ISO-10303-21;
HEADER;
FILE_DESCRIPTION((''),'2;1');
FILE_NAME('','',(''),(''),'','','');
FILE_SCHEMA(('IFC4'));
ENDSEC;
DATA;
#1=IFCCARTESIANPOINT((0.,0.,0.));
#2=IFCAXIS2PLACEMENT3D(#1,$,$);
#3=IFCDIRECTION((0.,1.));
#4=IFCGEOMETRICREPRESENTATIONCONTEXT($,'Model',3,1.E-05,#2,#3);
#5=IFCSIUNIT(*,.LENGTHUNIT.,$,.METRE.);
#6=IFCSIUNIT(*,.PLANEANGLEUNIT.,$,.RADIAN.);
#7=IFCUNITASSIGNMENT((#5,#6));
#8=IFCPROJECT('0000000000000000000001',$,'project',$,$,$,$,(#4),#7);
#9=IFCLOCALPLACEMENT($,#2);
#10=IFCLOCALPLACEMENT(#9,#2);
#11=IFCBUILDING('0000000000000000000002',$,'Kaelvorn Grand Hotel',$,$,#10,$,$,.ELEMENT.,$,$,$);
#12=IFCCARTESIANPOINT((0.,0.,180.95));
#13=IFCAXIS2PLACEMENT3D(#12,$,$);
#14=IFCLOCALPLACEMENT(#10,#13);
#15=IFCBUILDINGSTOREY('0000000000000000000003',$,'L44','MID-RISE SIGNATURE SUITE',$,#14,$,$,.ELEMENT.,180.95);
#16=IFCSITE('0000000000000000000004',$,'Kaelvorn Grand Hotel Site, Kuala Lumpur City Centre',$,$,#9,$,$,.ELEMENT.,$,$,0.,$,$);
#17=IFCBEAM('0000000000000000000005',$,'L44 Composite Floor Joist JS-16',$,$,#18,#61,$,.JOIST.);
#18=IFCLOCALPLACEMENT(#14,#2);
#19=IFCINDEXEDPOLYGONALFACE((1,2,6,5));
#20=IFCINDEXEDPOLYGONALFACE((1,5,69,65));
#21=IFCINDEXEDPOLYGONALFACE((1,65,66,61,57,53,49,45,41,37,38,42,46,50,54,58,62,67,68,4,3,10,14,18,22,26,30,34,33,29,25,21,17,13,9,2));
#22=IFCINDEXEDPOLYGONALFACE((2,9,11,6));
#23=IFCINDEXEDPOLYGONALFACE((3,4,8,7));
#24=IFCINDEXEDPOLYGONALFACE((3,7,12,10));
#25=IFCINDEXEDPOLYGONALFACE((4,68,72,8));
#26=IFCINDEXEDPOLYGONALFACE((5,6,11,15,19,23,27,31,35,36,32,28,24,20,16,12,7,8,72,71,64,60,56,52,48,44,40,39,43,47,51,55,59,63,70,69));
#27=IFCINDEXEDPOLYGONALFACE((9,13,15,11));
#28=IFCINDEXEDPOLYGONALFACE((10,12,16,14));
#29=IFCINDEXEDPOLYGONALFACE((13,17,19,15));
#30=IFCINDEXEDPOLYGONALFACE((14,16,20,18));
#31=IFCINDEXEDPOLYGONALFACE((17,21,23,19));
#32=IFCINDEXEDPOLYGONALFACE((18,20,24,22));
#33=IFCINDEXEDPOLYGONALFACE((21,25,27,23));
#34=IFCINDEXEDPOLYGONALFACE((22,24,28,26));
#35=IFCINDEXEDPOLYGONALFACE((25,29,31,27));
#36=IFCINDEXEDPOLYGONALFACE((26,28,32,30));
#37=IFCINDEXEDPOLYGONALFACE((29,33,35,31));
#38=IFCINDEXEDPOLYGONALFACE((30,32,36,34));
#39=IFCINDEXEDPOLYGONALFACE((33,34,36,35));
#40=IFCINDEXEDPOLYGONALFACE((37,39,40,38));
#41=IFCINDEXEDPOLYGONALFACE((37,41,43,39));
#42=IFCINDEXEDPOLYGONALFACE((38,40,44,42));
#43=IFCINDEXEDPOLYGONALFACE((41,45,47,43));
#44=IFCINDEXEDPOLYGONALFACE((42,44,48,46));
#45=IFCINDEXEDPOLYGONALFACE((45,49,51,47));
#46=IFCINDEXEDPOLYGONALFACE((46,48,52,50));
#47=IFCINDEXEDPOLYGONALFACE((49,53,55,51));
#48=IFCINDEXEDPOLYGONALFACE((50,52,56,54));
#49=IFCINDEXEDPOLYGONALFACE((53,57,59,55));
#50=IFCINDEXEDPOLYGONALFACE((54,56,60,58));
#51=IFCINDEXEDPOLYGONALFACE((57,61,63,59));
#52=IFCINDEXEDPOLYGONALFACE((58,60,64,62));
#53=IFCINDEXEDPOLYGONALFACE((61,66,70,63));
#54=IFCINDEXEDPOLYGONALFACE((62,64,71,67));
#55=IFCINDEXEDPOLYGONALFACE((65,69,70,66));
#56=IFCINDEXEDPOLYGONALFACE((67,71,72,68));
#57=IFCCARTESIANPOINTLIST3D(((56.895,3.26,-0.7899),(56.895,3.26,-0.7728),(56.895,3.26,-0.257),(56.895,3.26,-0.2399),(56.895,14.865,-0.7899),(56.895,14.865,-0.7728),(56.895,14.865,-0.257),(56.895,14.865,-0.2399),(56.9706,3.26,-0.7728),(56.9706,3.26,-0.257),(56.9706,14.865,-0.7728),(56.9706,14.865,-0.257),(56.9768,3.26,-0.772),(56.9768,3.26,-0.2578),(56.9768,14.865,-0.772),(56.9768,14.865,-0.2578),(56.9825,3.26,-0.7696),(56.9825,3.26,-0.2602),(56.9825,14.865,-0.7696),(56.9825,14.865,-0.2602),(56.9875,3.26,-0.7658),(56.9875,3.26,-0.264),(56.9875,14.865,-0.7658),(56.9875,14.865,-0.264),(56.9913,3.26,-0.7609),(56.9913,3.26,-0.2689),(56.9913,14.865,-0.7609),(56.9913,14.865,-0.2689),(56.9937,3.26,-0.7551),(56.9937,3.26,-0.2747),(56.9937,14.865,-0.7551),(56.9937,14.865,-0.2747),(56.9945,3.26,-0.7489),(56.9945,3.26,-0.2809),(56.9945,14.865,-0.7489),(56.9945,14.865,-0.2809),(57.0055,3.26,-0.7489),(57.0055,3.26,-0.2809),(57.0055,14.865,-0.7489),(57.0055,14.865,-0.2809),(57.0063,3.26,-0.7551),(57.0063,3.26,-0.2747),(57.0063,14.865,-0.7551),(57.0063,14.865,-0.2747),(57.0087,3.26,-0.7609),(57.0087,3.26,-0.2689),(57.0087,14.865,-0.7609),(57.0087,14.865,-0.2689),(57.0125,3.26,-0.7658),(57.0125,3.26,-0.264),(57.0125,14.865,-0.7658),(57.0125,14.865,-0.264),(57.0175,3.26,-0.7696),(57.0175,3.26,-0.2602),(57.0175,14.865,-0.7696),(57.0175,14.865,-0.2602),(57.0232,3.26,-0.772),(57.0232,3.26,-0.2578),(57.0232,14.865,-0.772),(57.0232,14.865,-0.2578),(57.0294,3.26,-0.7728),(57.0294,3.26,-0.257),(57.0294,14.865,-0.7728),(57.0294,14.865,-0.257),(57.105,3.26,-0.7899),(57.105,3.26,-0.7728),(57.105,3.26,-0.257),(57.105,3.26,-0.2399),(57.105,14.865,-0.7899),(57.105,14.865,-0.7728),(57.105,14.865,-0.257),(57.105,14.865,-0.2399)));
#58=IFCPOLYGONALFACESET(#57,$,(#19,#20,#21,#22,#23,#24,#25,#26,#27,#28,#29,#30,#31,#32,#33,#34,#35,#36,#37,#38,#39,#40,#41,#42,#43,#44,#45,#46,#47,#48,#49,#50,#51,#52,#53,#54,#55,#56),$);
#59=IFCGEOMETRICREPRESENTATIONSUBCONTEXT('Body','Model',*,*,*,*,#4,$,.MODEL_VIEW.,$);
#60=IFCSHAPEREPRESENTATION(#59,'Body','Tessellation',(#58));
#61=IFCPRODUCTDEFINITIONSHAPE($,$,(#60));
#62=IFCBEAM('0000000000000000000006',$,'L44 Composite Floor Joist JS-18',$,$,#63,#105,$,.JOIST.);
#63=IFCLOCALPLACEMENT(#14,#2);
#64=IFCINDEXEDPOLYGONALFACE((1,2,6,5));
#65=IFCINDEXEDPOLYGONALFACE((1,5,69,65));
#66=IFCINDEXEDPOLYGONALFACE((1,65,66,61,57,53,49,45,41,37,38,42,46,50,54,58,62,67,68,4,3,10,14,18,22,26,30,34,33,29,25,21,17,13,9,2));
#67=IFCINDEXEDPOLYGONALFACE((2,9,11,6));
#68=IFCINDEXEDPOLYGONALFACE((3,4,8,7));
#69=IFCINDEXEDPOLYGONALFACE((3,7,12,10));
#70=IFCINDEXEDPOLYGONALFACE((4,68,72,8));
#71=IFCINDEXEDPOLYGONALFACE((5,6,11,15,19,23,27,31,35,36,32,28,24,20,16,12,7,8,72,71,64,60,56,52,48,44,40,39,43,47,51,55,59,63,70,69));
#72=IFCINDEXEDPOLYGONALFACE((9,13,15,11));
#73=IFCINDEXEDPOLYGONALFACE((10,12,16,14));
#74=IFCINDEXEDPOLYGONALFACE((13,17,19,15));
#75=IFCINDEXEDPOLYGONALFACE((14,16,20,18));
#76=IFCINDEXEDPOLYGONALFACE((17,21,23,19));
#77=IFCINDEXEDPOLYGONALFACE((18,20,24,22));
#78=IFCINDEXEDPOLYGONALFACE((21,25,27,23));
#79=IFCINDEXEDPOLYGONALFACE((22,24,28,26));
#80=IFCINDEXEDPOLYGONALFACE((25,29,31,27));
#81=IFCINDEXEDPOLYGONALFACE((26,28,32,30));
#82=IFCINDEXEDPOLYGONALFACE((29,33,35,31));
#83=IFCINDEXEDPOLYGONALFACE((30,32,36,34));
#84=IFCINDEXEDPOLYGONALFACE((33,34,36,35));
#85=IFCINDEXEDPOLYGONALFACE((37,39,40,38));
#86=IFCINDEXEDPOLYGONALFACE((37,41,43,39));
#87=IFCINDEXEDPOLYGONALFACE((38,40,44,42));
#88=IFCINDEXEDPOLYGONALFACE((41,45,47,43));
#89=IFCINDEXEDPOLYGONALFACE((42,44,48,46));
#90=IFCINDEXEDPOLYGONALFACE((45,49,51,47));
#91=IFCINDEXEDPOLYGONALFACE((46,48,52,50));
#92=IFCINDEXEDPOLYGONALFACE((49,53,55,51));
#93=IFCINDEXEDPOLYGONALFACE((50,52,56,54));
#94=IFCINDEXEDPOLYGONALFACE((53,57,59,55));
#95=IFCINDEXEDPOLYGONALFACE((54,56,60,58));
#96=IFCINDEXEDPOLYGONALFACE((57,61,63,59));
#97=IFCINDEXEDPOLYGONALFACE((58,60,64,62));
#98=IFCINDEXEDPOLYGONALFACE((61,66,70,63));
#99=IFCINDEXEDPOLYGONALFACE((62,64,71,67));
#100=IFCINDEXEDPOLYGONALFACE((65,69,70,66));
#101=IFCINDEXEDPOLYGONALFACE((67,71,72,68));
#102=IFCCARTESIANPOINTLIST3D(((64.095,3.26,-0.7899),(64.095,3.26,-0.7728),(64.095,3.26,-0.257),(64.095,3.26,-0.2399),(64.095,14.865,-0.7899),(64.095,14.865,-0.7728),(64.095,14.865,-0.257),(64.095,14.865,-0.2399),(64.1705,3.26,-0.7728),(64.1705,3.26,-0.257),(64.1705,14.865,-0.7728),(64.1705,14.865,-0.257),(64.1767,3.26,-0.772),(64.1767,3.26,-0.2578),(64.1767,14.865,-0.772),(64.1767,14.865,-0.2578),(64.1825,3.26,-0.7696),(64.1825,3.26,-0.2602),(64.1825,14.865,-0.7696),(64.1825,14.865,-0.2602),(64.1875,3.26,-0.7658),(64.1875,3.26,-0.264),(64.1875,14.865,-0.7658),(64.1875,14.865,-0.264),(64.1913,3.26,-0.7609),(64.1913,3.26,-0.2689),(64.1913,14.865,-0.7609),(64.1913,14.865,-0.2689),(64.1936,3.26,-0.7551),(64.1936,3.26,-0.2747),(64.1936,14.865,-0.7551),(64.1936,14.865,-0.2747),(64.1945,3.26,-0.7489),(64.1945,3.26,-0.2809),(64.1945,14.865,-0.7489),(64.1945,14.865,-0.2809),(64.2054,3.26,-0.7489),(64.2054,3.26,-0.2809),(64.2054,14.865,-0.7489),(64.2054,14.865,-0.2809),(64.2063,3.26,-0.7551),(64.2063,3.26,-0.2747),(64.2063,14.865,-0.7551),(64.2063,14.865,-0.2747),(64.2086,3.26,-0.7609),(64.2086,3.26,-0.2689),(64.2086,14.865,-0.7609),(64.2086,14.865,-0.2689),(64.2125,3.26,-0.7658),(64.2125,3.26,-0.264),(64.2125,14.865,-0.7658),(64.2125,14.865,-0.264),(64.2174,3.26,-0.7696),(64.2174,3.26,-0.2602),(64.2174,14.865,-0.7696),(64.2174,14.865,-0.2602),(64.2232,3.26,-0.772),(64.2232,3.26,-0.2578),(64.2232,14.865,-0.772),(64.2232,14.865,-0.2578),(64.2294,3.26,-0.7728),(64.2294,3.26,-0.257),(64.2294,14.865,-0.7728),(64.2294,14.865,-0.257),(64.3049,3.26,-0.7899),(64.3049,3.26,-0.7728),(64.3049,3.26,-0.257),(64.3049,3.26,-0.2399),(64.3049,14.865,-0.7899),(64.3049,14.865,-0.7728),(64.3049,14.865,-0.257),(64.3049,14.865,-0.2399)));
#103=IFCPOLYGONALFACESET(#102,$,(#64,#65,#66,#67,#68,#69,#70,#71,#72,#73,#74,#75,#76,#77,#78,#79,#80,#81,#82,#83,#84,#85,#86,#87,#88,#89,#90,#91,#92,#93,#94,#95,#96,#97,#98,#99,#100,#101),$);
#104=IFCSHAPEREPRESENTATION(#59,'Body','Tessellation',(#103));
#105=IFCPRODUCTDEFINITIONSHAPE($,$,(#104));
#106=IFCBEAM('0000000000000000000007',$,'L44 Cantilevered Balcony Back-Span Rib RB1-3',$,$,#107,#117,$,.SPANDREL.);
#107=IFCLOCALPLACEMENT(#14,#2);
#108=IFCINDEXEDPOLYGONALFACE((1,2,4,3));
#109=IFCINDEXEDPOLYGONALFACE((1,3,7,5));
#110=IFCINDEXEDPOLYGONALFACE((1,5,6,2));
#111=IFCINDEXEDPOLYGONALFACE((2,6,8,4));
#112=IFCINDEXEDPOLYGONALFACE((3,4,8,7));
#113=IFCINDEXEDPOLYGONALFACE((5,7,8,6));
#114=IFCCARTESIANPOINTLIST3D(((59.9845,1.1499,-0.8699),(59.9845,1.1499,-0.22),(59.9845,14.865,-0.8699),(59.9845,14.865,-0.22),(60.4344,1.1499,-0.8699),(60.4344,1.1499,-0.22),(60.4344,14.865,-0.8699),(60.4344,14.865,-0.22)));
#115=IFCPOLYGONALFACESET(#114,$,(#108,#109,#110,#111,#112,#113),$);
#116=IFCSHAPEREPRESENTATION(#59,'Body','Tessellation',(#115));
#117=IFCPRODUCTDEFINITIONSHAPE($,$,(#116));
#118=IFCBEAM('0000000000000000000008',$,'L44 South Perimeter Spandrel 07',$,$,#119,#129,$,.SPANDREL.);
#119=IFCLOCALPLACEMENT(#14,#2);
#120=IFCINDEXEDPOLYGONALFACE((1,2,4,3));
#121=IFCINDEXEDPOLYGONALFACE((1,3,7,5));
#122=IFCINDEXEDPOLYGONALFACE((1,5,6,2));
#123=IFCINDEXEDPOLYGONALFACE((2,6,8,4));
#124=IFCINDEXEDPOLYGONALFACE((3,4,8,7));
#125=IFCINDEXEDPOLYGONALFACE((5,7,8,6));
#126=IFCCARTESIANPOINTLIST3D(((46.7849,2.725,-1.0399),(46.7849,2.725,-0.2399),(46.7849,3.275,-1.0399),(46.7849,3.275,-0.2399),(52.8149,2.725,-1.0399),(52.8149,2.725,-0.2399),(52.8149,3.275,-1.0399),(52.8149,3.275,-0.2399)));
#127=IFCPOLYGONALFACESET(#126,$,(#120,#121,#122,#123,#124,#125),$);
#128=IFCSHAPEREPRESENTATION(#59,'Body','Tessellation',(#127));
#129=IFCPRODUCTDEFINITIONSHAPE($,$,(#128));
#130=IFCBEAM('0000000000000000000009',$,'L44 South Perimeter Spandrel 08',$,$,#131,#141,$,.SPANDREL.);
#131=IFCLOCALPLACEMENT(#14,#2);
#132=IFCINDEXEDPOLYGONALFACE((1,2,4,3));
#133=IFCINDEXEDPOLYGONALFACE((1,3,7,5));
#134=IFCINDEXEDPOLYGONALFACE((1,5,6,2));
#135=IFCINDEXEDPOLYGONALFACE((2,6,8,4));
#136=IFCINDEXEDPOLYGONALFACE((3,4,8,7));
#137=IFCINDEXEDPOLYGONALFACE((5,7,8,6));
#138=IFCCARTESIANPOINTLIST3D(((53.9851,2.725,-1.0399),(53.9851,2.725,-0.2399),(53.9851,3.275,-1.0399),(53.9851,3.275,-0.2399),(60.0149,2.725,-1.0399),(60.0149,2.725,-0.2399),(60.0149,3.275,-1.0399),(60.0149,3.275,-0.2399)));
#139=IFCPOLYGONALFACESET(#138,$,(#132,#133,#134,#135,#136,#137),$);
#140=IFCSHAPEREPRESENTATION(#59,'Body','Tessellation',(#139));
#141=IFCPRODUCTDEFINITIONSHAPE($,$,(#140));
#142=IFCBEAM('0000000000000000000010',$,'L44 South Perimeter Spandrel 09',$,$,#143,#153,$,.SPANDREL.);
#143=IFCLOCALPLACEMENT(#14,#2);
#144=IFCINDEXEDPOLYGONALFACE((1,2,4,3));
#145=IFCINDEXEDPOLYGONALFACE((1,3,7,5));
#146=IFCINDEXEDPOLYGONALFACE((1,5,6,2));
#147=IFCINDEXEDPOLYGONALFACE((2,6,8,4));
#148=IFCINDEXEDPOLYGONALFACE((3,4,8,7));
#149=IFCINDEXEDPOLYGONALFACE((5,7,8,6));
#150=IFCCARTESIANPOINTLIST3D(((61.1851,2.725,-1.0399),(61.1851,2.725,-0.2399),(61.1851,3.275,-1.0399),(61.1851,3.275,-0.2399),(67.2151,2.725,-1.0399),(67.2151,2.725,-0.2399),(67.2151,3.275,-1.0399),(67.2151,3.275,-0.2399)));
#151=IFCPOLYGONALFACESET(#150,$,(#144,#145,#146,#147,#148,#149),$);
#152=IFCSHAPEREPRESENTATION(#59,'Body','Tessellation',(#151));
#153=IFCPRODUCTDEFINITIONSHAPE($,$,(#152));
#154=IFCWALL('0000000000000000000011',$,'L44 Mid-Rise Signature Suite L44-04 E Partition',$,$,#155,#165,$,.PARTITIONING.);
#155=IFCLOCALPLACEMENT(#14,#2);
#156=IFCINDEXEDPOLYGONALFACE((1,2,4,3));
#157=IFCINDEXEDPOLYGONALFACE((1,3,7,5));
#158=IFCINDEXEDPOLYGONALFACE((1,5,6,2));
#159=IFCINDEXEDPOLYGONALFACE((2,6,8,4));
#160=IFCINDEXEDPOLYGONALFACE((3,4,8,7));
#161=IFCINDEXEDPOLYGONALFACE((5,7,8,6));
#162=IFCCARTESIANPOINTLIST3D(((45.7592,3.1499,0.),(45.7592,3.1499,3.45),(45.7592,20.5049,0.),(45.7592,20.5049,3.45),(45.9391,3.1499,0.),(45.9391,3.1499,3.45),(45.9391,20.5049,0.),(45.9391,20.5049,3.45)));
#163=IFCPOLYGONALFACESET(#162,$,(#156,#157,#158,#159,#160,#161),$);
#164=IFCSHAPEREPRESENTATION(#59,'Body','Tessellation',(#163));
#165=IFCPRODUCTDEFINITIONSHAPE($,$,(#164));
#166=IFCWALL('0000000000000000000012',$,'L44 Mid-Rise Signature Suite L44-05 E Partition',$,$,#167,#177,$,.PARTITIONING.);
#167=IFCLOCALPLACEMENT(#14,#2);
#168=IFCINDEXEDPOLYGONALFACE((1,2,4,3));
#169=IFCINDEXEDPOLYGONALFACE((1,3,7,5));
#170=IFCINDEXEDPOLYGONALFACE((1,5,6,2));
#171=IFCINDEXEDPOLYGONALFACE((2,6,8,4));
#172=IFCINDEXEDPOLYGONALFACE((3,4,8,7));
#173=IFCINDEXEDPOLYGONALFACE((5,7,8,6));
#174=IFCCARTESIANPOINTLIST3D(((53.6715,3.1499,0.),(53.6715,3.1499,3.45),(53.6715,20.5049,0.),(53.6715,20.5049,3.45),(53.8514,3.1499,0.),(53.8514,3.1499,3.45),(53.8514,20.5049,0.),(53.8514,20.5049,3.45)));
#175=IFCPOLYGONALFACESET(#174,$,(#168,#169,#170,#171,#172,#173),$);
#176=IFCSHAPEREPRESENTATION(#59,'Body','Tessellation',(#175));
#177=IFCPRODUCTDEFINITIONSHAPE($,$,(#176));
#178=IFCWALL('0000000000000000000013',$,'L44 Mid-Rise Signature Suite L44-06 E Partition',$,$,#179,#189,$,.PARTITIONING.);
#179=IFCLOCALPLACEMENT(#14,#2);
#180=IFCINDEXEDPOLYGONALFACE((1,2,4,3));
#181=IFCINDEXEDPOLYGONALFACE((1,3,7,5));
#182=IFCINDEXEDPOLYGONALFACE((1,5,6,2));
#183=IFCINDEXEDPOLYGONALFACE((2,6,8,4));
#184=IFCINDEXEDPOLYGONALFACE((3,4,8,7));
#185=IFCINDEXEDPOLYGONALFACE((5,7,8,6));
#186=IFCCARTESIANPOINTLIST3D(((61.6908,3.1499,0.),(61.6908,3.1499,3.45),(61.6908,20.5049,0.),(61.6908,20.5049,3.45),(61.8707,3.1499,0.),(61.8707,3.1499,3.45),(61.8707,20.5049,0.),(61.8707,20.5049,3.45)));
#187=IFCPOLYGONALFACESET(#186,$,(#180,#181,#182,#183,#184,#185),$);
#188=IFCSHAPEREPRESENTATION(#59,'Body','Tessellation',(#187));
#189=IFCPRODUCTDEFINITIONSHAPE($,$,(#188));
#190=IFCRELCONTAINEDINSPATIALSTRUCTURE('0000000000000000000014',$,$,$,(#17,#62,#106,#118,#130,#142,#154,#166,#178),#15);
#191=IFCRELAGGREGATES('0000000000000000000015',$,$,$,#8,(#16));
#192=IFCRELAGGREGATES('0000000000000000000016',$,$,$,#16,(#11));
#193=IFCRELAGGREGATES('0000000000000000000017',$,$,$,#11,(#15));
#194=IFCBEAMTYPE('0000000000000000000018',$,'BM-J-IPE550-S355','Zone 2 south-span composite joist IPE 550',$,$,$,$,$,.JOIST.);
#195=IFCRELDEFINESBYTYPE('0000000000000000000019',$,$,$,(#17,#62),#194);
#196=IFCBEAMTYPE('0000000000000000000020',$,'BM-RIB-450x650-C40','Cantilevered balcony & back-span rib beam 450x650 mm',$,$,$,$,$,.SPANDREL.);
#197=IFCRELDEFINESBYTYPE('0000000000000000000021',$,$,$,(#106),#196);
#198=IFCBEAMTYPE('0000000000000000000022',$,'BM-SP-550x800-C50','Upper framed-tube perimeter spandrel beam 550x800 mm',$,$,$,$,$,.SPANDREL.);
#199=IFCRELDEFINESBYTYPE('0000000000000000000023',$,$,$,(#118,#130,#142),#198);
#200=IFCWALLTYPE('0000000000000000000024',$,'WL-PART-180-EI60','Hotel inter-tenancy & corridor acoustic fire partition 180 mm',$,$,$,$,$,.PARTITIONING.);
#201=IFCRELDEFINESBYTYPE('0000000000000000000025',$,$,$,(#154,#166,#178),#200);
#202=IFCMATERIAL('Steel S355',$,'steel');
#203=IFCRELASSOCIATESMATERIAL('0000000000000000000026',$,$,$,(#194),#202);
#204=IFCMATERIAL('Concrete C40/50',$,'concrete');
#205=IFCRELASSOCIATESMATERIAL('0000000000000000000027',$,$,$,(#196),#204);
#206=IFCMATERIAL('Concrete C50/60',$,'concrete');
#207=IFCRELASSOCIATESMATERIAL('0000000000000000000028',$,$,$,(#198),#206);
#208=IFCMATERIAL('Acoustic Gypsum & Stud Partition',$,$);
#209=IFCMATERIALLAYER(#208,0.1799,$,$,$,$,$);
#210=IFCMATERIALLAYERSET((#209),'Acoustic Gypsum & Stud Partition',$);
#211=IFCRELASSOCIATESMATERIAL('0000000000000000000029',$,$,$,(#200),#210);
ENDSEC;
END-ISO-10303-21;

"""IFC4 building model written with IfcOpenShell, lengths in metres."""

from ifc_helpers import new_model, si_unit, direction, frame, frame_2d, origin, origin_2d, place, context, subcontext, project, spatial, rectangle, i_section, extrude, material, layer, layer_set, material_profile, profile_set, type_object, element, save


model = new_model("IFC4")

# Units and contexts
model_context = context("Model", 3, precision=1e-05, world=origin(), true_north=direction((0.0, 1.0)))
body_context = subcontext(model_context, "Body", "Model", "MODEL_VIEW")
ifc_project = project(units=[si_unit("LENGTHUNIT", "METRE"), si_unit("PLANEANGLEUNIT", "RADIAN")], contexts=[model_context])

# Site, building, storey
site_placement = place(None, origin())
site = spatial("IfcSite", under=ifc_project, at=site_placement, Name="Kaelvorn Grand Hotel Site, Kuala Lumpur City Centre", CompositionType="ELEMENT", RefElevation=0.0)
building_placement = place(site_placement, origin())
building = spatial("IfcBuilding", under=site, at=building_placement, Name="Kaelvorn Grand Hotel", CompositionType="ELEMENT")
storey_placement = place(building_placement, frame((0.0, 0.0, 180.95)))
storey = spatial("IfcBuildingStorey", under=building, at=storey_placement, Name="L44", Description="MID-RISE SIGNATURE SUITE", CompositionType="ELEMENT", Elevation=180.95)

# Beams
ifc_material_1 = material(Name="Steel S355", Category="steel")
ifc_material_profile_1 = material_profile(ifc_material_1, i_section(OverallWidth=0.21, OverallDepth=0.55, WebThickness=0.011, FlangeThickness=0.0171, FilletRadius=0.0239, at=origin_2d()), Name="IPE 550")
ifc_profile_set_1 = profile_set([ifc_material_profile_1], Name="Steel S355")
beam_type_1 = type_object("IfcBeamType", Name="BM-J-IPE550-S355", Description="Zone 2 south-span composite joist IPE 550", PredefinedType="JOIST", material=ifc_profile_set_1)
for number, where, z_axis, x_axis, name in (
    (1, (57.0, 3.26, -0.5149), (0.0, 1.0, 0.0), (-1.0, 0.0, 0.0), "L44 Composite Floor Joist JS-16"),
    (2, (64.2, 3.26, -0.5149), (0.0, 1.0, 0.0), (-1.0, 0.0, 0.0), "L44 Composite Floor Joist JS-18"),
):
    element("IfcBeam", number, at=place(storey_placement, frame(where, z_axis=z_axis, x_axis=x_axis)), inside=storey, type_object=beam_type_1, Name=name, PredefinedType="JOIST", context=body_context, shape_type="SweptSolid", body=[
        extrude(i_section(OverallWidth=0.21, OverallDepth=0.55, WebThickness=0.011, FlangeThickness=0.0171, FilletRadius=0.0239, at=origin_2d()), origin(), (0.0, 0.0, 1.0), 11.605),
    ])
ifc_material_2 = material(Name="Concrete C40/50", Category="concrete")
ifc_material_profile_2 = material_profile(ifc_material_2, rectangle(XDim=0.45, YDim=0.6499, at=origin_2d()), Name="RC RIB 450x650")
ifc_profile_set_2 = profile_set([ifc_material_profile_2], Name="Concrete C40/50")
beam_type_2 = type_object("IfcBeamType", Name="BM-RIB-450x650-C40", Description="Cantilevered balcony & back-span rib beam 450x650 mm", PredefinedType="SPANDREL", material=ifc_profile_set_2)
beam_1_placement = place(storey_placement, frame((60.2095, 1.1499, -0.5449), z_axis=(0.0, 1.0, 0.0), x_axis=(-1.0, 0.0, 0.0)))
element("IfcBeam", 3, at=beam_1_placement, inside=storey, type_object=beam_type_2, Name="L44 Cantilevered Balcony Back-Span Rib RB1-3", PredefinedType="SPANDREL", context=body_context, shape_type="SweptSolid", body=[
    extrude(rectangle(XDim=0.45, YDim=0.6499, at=origin_2d()), origin(), (0.0, 0.0, 1.0), 13.7151),
])
ifc_material_3 = material(Name="Concrete C50/60", Category="concrete")
ifc_material_profile_3 = material_profile(ifc_material_3, rectangle(XDim=0.55, YDim=0.8, at=origin_2d()), Name="RC SPANDREL 550x800")
ifc_profile_set_3 = profile_set([ifc_material_profile_3], Name="Concrete C50/60")
beam_type_3 = type_object("IfcBeamType", Name="BM-SP-550x800-C50", Description="Upper framed-tube perimeter spandrel beam 550x800 mm", PredefinedType="SPANDREL", material=ifc_profile_set_3)
beam_2_placement = place(storey_placement, frame((46.7849, 3.0, -0.6399), z_axis=(1.0, 0.0, 0.0), x_axis=(0.0, 1.0, 0.0)))
element("IfcBeam", 4, at=beam_2_placement, inside=storey, type_object=beam_type_3, Name="L44 South Perimeter Spandrel 07", PredefinedType="SPANDREL", context=body_context, shape_type="SweptSolid", body=[
    extrude(rectangle(XDim=0.55, YDim=0.8, at=origin_2d()), origin(), (0.0, 0.0, 1.0), 6.03),
])
beam_3_placement = place(storey_placement, frame((53.9851, 3.0, -0.6399), z_axis=(1.0, 0.0, 0.0), x_axis=(0.0, 1.0, 0.0)))
element("IfcBeam", 5, at=beam_3_placement, inside=storey, type_object=beam_type_3, Name="L44 South Perimeter Spandrel 08", PredefinedType="SPANDREL", context=body_context, shape_type="SweptSolid", body=[
    extrude(rectangle(XDim=0.55, YDim=0.8, at=origin_2d()), origin(), (0.0, 0.0, 1.0), 6.0298),
])
beam_4_placement = place(storey_placement, frame((61.1851, 3.0, -0.6399), z_axis=(1.0, 0.0, 0.0), x_axis=(0.0, 1.0, 0.0)))
element("IfcBeam", 6, at=beam_4_placement, inside=storey, type_object=beam_type_3, Name="L44 South Perimeter Spandrel 09", PredefinedType="SPANDREL", context=body_context, shape_type="SweptSolid", body=[
    extrude(rectangle(XDim=0.55, YDim=0.8, at=origin_2d()), origin(), (0.0, 0.0, 1.0), 6.03),
])

# Walls
ifc_material_4 = material(Name="Acoustic Gypsum & Stud Partition")
ifc_layer_1 = layer(ifc_material_4, 0.1799)
ifc_layer_set_1 = layer_set([ifc_layer_1], Name="Acoustic Gypsum & Stud Partition")
wall_type_1 = type_object("IfcWallType", Name="WL-PART-180-EI60", Description="Hotel inter-tenancy & corridor acoustic fire partition 180 mm", PredefinedType="PARTITIONING", material=ifc_layer_set_1)
for number, where, z_axis, x_axis, name in (
    (7, (45.8491, 3.1499, 0.0), (0.0, 0.0, 1.0), (0.0, 1.0, 0.0), "L44 Mid-Rise Signature Suite L44-04 E Partition"),
    (8, (53.7615, 3.1499, 0.0), (0.0, 0.0, 1.0), (0.0, 1.0, 0.0), "L44 Mid-Rise Signature Suite L44-05 E Partition"),
    (9, (61.7808, 3.1499, 0.0), (0.0, 0.0, 1.0), (0.0, 1.0, 0.0), "L44 Mid-Rise Signature Suite L44-06 E Partition"),
):
    element("IfcWall", number, at=place(storey_placement, frame(where, z_axis=z_axis, x_axis=x_axis)), inside=storey, type_object=wall_type_1, Name=name, PredefinedType="PARTITIONING", context=body_context, shape_type="SweptSolid", body=[
        extrude(rectangle(XDim=17.355, YDim=0.1799, at=frame_2d((8.6775, 0.0))), origin(), (0.0, 0.0, 1.0), 3.45),
    ])

save(model, "model.ifc")
